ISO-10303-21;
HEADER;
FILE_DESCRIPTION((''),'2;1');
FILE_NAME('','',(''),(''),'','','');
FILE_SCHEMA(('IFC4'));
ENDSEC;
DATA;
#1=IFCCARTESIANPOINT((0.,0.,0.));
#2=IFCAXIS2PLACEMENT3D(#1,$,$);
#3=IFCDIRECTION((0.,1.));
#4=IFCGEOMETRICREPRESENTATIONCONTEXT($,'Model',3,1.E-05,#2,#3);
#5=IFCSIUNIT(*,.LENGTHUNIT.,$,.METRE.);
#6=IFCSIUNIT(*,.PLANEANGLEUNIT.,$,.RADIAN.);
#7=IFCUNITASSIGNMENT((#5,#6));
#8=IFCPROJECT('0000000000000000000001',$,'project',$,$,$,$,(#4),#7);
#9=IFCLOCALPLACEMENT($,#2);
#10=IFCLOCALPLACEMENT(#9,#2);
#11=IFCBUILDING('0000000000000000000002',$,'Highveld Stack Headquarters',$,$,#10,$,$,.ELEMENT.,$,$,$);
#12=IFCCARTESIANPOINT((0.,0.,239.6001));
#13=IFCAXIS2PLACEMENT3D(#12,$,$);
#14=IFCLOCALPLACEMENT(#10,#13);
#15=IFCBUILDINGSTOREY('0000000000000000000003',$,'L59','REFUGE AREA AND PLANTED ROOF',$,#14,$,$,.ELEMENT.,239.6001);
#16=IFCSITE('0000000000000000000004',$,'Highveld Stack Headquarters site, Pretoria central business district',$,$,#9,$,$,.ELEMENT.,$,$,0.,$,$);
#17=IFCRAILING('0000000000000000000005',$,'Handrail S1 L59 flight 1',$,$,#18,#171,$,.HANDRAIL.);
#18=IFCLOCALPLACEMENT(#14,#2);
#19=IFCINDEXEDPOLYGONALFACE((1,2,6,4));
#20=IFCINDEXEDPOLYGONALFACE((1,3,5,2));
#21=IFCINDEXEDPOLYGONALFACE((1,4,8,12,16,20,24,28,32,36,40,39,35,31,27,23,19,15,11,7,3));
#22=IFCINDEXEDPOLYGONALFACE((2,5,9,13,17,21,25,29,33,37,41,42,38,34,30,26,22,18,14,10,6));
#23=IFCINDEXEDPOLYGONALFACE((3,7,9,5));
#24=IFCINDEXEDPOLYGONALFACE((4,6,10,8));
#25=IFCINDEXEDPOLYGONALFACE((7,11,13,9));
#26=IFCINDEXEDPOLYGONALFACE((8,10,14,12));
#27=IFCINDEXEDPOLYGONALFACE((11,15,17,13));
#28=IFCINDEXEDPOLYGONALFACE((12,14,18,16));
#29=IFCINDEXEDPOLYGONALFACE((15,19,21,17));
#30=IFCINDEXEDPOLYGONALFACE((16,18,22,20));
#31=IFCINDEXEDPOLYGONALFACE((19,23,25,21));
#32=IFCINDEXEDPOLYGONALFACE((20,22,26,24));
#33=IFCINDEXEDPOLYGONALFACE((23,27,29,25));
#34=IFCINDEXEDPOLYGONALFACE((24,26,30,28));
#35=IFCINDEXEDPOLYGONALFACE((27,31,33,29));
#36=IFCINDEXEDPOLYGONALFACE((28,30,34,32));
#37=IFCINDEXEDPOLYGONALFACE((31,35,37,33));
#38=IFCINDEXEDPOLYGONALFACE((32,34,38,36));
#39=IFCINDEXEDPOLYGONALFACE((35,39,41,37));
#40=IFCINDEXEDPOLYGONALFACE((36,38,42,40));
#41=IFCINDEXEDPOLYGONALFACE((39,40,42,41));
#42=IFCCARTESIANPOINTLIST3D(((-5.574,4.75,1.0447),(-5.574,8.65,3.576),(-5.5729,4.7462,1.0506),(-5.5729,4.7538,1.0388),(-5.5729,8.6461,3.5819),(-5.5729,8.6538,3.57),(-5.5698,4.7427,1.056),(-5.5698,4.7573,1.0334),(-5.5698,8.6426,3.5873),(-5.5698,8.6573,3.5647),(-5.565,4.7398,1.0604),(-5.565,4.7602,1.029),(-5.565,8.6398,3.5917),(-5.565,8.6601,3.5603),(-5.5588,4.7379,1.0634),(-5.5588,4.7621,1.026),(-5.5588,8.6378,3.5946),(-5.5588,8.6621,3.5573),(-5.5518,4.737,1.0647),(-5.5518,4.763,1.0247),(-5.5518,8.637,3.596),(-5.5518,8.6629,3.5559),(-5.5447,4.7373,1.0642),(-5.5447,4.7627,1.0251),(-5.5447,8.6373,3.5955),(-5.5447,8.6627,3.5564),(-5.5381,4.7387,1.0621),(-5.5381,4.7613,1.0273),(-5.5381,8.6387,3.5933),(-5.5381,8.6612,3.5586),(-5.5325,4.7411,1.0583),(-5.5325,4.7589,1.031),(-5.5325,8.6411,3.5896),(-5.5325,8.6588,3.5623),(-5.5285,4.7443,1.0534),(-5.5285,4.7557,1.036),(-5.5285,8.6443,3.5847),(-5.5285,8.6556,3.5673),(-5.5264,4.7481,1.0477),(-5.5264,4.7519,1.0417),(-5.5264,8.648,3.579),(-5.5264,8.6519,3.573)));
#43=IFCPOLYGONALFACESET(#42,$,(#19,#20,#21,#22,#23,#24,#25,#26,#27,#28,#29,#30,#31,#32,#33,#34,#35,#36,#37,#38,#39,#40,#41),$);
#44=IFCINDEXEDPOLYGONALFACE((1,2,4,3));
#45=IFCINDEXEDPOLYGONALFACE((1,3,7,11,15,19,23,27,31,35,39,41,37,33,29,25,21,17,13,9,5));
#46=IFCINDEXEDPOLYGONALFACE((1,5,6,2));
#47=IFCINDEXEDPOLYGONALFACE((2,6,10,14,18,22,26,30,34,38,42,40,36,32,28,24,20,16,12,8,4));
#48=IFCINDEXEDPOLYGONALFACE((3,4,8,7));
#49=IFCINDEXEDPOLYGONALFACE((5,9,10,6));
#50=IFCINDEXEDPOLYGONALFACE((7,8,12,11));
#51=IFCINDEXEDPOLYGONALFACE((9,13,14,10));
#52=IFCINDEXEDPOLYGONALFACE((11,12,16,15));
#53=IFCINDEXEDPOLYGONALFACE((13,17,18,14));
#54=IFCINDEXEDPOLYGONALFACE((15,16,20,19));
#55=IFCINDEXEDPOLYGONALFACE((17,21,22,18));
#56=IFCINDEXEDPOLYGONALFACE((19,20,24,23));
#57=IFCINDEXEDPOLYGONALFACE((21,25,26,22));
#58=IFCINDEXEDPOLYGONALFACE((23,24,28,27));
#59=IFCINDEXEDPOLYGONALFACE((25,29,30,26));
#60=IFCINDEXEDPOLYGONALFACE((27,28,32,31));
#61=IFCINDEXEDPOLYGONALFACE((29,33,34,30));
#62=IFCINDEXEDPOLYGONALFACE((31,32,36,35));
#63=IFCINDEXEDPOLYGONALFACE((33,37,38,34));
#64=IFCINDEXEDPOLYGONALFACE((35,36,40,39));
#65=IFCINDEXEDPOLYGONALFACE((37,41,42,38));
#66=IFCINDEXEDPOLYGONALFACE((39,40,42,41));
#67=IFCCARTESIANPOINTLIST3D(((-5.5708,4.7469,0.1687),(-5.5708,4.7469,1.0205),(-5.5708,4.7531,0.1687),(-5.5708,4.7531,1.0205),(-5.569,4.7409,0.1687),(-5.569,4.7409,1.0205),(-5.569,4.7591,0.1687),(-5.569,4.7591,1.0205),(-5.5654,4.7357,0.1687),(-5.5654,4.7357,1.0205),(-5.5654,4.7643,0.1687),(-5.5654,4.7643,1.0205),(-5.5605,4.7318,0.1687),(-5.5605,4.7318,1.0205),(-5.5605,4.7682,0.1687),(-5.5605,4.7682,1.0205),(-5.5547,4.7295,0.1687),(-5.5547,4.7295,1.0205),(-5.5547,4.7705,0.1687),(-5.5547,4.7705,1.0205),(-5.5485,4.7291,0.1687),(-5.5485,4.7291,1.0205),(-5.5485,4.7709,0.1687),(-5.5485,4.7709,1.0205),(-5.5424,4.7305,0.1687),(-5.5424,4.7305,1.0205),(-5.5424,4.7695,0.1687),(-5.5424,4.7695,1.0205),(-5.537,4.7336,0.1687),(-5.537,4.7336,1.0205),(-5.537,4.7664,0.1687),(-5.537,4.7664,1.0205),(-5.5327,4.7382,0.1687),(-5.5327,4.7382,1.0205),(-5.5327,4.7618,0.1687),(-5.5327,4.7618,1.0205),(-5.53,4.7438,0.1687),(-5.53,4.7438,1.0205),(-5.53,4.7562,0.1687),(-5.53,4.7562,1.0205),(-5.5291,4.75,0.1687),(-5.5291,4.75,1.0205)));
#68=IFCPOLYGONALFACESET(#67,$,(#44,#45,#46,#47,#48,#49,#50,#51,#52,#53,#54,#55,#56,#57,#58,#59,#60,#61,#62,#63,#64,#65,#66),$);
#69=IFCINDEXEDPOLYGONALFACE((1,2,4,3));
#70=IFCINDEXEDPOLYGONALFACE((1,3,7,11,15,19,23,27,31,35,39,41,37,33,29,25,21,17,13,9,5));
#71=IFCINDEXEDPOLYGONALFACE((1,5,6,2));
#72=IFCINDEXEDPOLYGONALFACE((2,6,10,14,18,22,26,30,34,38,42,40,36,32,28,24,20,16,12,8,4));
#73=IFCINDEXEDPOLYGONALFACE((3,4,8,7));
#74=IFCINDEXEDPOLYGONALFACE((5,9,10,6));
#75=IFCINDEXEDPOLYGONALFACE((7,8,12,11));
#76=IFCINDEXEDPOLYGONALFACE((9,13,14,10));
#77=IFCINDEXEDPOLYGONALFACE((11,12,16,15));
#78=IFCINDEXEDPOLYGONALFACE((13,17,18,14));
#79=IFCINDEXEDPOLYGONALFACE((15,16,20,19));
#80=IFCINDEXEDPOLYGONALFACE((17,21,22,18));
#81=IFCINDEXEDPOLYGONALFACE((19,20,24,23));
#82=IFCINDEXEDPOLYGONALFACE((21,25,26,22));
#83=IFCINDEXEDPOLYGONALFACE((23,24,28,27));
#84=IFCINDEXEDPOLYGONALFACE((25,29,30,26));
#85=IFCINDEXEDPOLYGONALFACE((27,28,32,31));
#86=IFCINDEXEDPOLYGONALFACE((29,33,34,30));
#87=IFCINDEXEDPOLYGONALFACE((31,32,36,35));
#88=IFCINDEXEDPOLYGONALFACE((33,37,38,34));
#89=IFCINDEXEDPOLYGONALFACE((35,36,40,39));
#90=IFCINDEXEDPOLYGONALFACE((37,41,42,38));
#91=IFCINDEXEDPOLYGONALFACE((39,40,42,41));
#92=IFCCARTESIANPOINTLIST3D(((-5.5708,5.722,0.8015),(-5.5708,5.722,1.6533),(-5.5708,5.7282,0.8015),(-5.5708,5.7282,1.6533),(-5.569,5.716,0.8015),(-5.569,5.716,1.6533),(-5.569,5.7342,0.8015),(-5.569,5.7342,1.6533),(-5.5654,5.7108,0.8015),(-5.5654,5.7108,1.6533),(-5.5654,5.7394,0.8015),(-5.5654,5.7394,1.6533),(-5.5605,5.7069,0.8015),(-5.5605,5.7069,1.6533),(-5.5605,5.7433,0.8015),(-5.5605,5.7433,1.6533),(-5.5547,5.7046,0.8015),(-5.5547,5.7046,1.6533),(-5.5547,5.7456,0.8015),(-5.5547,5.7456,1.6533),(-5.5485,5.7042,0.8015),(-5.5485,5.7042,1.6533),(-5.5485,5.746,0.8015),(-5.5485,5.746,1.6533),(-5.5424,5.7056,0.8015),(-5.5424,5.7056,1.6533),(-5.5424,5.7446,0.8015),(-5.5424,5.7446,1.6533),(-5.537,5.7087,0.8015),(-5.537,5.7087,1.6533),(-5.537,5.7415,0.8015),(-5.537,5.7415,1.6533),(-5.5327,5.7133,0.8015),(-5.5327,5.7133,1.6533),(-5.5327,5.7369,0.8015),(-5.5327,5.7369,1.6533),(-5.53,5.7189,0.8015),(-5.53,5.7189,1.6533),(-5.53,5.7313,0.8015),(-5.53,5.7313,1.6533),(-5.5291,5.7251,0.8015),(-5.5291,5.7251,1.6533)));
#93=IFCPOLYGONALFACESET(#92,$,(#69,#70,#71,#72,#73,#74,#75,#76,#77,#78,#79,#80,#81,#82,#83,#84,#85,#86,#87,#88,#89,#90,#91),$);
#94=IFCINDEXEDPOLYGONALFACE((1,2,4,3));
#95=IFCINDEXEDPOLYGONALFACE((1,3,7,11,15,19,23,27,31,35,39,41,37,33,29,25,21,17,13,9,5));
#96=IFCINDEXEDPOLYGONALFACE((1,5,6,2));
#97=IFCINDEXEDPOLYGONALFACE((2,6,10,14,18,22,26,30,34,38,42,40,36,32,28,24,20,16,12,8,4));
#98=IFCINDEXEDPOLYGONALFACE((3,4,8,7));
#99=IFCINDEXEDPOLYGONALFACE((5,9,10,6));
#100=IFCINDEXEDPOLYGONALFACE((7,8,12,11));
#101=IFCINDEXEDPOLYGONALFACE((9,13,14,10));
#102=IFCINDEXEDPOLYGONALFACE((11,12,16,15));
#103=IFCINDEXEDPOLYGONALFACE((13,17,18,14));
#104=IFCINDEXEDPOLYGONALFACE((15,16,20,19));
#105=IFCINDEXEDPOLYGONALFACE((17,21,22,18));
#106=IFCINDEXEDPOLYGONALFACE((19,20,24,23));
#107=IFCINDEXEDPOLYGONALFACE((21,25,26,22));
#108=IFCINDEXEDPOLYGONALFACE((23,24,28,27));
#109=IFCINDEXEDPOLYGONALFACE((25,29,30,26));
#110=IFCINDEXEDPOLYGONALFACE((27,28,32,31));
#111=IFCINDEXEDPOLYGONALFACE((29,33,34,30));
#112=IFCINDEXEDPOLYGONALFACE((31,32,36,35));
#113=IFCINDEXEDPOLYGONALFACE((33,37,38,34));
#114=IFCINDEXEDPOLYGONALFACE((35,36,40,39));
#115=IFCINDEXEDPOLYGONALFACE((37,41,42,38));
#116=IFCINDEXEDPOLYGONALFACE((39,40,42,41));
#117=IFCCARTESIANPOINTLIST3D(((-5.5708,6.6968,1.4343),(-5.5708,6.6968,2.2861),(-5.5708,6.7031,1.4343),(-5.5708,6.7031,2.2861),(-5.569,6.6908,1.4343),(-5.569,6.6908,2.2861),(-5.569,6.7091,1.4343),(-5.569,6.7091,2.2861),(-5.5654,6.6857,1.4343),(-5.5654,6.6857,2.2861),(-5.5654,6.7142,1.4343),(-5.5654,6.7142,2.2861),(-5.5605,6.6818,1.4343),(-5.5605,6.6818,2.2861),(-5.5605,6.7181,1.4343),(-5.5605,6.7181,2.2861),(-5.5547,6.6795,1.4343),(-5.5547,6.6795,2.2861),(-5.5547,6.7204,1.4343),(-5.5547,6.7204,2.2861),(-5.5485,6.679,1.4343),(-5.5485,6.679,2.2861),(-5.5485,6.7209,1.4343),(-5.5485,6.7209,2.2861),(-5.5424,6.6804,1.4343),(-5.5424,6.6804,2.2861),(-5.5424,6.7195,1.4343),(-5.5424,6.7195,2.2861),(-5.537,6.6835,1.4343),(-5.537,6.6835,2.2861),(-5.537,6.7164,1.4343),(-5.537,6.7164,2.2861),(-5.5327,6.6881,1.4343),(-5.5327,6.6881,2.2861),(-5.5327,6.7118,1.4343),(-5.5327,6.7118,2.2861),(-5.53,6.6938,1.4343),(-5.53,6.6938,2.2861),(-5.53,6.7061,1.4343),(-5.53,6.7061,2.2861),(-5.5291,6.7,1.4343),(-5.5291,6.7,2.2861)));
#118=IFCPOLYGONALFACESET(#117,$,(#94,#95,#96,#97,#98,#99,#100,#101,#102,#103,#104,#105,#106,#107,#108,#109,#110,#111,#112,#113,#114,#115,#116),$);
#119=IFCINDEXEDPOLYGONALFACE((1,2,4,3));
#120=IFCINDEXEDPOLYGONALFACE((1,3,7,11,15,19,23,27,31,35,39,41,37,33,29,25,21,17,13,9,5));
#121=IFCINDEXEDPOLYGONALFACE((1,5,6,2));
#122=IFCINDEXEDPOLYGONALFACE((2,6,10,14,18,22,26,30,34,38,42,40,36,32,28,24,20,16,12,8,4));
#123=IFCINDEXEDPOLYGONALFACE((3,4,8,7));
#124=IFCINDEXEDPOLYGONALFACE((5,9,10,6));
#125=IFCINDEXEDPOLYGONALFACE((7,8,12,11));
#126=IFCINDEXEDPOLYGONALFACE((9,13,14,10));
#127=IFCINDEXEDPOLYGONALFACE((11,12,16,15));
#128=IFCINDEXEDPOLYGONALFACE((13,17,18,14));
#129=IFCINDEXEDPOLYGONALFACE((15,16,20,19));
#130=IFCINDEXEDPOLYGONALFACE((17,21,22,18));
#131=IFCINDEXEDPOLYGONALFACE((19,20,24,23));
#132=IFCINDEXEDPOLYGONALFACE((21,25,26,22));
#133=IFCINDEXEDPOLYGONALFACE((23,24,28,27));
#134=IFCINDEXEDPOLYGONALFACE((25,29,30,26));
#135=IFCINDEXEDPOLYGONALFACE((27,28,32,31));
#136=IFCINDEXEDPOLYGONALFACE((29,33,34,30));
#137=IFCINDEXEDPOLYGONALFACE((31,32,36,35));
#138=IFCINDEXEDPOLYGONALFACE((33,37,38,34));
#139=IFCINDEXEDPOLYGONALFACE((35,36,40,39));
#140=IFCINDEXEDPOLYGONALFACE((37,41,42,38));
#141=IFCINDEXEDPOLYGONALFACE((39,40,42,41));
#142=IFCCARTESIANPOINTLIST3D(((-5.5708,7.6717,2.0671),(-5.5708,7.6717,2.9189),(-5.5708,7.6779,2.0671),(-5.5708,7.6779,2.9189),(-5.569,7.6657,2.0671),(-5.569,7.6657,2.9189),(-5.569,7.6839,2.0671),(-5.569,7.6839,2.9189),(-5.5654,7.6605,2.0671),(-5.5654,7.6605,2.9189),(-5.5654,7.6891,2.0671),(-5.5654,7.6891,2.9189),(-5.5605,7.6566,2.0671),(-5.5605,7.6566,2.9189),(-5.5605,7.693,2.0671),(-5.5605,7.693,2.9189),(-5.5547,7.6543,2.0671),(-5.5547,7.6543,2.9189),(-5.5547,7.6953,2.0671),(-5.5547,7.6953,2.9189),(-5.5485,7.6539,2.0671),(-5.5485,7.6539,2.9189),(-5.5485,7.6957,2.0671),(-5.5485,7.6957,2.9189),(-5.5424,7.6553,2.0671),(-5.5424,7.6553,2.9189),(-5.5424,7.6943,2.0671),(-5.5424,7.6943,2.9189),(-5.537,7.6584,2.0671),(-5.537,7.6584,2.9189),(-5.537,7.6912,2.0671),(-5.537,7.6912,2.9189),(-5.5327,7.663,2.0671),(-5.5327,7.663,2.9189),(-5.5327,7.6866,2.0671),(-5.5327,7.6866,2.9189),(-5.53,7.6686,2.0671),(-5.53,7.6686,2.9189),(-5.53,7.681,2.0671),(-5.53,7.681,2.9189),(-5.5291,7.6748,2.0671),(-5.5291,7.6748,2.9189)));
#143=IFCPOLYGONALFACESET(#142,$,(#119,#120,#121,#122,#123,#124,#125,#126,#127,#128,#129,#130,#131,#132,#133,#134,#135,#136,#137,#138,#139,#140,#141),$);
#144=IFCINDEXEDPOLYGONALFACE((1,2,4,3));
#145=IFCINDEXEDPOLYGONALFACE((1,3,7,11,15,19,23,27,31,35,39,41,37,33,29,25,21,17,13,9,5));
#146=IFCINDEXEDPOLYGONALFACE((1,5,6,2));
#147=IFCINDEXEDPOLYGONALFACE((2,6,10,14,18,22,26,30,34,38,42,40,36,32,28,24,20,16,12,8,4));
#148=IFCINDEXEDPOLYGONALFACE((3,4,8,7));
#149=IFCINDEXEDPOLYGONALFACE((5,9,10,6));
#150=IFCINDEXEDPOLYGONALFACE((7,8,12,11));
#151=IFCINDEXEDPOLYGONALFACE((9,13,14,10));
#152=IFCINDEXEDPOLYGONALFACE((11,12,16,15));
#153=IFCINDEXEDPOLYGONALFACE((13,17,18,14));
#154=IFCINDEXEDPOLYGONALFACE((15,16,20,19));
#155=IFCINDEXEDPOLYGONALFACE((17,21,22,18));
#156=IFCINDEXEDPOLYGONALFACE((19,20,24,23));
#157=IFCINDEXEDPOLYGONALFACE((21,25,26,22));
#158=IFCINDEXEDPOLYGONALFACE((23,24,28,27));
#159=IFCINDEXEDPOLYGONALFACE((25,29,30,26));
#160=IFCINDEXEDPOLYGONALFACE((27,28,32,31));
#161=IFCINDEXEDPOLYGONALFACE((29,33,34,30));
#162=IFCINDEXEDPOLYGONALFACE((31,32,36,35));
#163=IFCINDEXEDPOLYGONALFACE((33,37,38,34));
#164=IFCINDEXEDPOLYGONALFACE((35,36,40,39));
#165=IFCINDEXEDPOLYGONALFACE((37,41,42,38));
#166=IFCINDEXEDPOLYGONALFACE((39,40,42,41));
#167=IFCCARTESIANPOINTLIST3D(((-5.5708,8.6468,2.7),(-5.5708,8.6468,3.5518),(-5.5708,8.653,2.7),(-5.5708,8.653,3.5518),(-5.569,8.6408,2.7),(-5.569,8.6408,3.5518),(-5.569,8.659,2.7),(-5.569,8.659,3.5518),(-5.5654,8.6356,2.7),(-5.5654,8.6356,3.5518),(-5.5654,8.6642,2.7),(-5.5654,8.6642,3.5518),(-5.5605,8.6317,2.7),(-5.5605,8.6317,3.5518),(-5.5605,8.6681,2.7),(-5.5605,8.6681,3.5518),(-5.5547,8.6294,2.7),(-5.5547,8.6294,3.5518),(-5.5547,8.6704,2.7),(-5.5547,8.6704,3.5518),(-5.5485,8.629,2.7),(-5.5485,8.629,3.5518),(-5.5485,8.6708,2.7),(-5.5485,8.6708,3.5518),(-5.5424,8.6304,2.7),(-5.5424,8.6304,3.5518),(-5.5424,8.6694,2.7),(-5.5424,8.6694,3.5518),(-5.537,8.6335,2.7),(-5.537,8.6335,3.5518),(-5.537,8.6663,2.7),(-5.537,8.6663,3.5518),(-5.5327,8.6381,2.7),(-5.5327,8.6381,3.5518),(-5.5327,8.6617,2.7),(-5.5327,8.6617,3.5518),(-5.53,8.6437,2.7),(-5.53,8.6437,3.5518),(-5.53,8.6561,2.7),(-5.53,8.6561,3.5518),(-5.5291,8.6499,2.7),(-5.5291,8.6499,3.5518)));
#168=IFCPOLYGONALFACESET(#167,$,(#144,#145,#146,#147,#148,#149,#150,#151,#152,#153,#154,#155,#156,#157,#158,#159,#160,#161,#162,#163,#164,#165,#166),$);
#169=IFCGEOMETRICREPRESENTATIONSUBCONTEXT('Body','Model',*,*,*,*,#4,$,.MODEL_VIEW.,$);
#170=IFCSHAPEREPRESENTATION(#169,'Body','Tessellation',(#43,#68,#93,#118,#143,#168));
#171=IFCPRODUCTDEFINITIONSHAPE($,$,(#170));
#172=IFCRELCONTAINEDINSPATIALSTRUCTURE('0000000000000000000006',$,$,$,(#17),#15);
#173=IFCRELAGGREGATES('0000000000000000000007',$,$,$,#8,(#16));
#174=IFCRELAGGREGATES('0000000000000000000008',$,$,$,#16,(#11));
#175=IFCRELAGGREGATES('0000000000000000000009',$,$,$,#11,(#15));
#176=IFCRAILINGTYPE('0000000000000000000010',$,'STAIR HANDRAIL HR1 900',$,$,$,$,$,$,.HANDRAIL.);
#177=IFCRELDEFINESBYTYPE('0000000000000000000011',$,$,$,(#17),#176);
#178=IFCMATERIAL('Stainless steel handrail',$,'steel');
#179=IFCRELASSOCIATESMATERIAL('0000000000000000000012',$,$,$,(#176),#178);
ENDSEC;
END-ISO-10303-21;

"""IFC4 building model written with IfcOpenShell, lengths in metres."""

from ifc_helpers import new_model, si_unit, direction, frame, origin, origin_2d, place, context, subcontext, project, spatial, circle, extrude, material, type_object, element, save


model = new_model("IFC4")

# Units and contexts
model_context = context("Model", 3, precision=1e-05, world=origin(), true_north=direction((0.0, 1.0)))
body_context = subcontext(model_context, "Body", "Model", "MODEL_VIEW")
ifc_project = project(units=[si_unit("LENGTHUNIT", "METRE"), si_unit("PLANEANGLEUNIT", "RADIAN")], contexts=[model_context])

# Site, building, storey
site_placement = place(None, origin())
site = spatial("IfcSite", under=ifc_project, at=site_placement, Name="Highveld Stack Headquarters site, Pretoria central business district", CompositionType="ELEMENT", RefElevation=0.0)
building_placement = place(site_placement, origin())
building = spatial("IfcBuilding", under=site, at=building_placement, Name="Highveld Stack Headquarters", CompositionType="ELEMENT")
storey_placement = place(building_placement, frame((0.0, 0.0, 239.6001)))
storey = spatial("IfcBuildingStorey", under=building, at=storey_placement, Name="L59", Description="REFUGE AREA AND PLANTED ROOF", CompositionType="ELEMENT", Elevation=239.6001)

# Railing
ifc_material_1 = material(Name="Stainless steel handrail", Category="steel")
railing_type = type_object("IfcRailingType", Name="STAIR HANDRAIL HR1 900", PredefinedType="HANDRAIL", material=ifc_material_1)
for number, where, name in (
    (1, (-5.55, 4.75, 0.1687), "Handrail S1 L59 flight 1"),
):
    element("IfcRailing", number, at=place(storey_placement, frame(where)), inside=storey, type_object=railing_type, Name=name, PredefinedType="HANDRAIL", context=body_context, shape_type="SweptSolid", body=[
        extrude(circle(Radius=0.0239, at=origin_2d()), frame((0.0, 0.0, 0.876), z_axis=(0.0, 0.838806, 0.544431), x_axis=(-1.0, 0.0, 0.0)), (0.0, 0.0, 1.0), 4.6494),
        extrude(circle(Radius=0.021, at=origin_2d()), origin(), (0.0, 0.0, 1.0), 0.8518),
        extrude(circle(Radius=0.021, at=origin_2d()), frame((0.0, 0.9751, 0.6328)), (0.0, 0.0, 1.0), 0.8518),
        extrude(circle(Radius=0.021, at=origin_2d()), frame((0.0, 1.95, 1.2656)), (0.0, 0.0, 1.0), 0.8518),
        extrude(circle(Radius=0.021, at=origin_2d()), frame((0.0, 2.9248, 1.8984)), (0.0, 0.0, 1.0), 0.8518),
        extrude(circle(Radius=0.021, at=origin_2d()), frame((0.0, 3.8999, 2.5312)), (0.0, 0.0, 1.0), 0.8518),
    ])

save(model, "model.ifc")
